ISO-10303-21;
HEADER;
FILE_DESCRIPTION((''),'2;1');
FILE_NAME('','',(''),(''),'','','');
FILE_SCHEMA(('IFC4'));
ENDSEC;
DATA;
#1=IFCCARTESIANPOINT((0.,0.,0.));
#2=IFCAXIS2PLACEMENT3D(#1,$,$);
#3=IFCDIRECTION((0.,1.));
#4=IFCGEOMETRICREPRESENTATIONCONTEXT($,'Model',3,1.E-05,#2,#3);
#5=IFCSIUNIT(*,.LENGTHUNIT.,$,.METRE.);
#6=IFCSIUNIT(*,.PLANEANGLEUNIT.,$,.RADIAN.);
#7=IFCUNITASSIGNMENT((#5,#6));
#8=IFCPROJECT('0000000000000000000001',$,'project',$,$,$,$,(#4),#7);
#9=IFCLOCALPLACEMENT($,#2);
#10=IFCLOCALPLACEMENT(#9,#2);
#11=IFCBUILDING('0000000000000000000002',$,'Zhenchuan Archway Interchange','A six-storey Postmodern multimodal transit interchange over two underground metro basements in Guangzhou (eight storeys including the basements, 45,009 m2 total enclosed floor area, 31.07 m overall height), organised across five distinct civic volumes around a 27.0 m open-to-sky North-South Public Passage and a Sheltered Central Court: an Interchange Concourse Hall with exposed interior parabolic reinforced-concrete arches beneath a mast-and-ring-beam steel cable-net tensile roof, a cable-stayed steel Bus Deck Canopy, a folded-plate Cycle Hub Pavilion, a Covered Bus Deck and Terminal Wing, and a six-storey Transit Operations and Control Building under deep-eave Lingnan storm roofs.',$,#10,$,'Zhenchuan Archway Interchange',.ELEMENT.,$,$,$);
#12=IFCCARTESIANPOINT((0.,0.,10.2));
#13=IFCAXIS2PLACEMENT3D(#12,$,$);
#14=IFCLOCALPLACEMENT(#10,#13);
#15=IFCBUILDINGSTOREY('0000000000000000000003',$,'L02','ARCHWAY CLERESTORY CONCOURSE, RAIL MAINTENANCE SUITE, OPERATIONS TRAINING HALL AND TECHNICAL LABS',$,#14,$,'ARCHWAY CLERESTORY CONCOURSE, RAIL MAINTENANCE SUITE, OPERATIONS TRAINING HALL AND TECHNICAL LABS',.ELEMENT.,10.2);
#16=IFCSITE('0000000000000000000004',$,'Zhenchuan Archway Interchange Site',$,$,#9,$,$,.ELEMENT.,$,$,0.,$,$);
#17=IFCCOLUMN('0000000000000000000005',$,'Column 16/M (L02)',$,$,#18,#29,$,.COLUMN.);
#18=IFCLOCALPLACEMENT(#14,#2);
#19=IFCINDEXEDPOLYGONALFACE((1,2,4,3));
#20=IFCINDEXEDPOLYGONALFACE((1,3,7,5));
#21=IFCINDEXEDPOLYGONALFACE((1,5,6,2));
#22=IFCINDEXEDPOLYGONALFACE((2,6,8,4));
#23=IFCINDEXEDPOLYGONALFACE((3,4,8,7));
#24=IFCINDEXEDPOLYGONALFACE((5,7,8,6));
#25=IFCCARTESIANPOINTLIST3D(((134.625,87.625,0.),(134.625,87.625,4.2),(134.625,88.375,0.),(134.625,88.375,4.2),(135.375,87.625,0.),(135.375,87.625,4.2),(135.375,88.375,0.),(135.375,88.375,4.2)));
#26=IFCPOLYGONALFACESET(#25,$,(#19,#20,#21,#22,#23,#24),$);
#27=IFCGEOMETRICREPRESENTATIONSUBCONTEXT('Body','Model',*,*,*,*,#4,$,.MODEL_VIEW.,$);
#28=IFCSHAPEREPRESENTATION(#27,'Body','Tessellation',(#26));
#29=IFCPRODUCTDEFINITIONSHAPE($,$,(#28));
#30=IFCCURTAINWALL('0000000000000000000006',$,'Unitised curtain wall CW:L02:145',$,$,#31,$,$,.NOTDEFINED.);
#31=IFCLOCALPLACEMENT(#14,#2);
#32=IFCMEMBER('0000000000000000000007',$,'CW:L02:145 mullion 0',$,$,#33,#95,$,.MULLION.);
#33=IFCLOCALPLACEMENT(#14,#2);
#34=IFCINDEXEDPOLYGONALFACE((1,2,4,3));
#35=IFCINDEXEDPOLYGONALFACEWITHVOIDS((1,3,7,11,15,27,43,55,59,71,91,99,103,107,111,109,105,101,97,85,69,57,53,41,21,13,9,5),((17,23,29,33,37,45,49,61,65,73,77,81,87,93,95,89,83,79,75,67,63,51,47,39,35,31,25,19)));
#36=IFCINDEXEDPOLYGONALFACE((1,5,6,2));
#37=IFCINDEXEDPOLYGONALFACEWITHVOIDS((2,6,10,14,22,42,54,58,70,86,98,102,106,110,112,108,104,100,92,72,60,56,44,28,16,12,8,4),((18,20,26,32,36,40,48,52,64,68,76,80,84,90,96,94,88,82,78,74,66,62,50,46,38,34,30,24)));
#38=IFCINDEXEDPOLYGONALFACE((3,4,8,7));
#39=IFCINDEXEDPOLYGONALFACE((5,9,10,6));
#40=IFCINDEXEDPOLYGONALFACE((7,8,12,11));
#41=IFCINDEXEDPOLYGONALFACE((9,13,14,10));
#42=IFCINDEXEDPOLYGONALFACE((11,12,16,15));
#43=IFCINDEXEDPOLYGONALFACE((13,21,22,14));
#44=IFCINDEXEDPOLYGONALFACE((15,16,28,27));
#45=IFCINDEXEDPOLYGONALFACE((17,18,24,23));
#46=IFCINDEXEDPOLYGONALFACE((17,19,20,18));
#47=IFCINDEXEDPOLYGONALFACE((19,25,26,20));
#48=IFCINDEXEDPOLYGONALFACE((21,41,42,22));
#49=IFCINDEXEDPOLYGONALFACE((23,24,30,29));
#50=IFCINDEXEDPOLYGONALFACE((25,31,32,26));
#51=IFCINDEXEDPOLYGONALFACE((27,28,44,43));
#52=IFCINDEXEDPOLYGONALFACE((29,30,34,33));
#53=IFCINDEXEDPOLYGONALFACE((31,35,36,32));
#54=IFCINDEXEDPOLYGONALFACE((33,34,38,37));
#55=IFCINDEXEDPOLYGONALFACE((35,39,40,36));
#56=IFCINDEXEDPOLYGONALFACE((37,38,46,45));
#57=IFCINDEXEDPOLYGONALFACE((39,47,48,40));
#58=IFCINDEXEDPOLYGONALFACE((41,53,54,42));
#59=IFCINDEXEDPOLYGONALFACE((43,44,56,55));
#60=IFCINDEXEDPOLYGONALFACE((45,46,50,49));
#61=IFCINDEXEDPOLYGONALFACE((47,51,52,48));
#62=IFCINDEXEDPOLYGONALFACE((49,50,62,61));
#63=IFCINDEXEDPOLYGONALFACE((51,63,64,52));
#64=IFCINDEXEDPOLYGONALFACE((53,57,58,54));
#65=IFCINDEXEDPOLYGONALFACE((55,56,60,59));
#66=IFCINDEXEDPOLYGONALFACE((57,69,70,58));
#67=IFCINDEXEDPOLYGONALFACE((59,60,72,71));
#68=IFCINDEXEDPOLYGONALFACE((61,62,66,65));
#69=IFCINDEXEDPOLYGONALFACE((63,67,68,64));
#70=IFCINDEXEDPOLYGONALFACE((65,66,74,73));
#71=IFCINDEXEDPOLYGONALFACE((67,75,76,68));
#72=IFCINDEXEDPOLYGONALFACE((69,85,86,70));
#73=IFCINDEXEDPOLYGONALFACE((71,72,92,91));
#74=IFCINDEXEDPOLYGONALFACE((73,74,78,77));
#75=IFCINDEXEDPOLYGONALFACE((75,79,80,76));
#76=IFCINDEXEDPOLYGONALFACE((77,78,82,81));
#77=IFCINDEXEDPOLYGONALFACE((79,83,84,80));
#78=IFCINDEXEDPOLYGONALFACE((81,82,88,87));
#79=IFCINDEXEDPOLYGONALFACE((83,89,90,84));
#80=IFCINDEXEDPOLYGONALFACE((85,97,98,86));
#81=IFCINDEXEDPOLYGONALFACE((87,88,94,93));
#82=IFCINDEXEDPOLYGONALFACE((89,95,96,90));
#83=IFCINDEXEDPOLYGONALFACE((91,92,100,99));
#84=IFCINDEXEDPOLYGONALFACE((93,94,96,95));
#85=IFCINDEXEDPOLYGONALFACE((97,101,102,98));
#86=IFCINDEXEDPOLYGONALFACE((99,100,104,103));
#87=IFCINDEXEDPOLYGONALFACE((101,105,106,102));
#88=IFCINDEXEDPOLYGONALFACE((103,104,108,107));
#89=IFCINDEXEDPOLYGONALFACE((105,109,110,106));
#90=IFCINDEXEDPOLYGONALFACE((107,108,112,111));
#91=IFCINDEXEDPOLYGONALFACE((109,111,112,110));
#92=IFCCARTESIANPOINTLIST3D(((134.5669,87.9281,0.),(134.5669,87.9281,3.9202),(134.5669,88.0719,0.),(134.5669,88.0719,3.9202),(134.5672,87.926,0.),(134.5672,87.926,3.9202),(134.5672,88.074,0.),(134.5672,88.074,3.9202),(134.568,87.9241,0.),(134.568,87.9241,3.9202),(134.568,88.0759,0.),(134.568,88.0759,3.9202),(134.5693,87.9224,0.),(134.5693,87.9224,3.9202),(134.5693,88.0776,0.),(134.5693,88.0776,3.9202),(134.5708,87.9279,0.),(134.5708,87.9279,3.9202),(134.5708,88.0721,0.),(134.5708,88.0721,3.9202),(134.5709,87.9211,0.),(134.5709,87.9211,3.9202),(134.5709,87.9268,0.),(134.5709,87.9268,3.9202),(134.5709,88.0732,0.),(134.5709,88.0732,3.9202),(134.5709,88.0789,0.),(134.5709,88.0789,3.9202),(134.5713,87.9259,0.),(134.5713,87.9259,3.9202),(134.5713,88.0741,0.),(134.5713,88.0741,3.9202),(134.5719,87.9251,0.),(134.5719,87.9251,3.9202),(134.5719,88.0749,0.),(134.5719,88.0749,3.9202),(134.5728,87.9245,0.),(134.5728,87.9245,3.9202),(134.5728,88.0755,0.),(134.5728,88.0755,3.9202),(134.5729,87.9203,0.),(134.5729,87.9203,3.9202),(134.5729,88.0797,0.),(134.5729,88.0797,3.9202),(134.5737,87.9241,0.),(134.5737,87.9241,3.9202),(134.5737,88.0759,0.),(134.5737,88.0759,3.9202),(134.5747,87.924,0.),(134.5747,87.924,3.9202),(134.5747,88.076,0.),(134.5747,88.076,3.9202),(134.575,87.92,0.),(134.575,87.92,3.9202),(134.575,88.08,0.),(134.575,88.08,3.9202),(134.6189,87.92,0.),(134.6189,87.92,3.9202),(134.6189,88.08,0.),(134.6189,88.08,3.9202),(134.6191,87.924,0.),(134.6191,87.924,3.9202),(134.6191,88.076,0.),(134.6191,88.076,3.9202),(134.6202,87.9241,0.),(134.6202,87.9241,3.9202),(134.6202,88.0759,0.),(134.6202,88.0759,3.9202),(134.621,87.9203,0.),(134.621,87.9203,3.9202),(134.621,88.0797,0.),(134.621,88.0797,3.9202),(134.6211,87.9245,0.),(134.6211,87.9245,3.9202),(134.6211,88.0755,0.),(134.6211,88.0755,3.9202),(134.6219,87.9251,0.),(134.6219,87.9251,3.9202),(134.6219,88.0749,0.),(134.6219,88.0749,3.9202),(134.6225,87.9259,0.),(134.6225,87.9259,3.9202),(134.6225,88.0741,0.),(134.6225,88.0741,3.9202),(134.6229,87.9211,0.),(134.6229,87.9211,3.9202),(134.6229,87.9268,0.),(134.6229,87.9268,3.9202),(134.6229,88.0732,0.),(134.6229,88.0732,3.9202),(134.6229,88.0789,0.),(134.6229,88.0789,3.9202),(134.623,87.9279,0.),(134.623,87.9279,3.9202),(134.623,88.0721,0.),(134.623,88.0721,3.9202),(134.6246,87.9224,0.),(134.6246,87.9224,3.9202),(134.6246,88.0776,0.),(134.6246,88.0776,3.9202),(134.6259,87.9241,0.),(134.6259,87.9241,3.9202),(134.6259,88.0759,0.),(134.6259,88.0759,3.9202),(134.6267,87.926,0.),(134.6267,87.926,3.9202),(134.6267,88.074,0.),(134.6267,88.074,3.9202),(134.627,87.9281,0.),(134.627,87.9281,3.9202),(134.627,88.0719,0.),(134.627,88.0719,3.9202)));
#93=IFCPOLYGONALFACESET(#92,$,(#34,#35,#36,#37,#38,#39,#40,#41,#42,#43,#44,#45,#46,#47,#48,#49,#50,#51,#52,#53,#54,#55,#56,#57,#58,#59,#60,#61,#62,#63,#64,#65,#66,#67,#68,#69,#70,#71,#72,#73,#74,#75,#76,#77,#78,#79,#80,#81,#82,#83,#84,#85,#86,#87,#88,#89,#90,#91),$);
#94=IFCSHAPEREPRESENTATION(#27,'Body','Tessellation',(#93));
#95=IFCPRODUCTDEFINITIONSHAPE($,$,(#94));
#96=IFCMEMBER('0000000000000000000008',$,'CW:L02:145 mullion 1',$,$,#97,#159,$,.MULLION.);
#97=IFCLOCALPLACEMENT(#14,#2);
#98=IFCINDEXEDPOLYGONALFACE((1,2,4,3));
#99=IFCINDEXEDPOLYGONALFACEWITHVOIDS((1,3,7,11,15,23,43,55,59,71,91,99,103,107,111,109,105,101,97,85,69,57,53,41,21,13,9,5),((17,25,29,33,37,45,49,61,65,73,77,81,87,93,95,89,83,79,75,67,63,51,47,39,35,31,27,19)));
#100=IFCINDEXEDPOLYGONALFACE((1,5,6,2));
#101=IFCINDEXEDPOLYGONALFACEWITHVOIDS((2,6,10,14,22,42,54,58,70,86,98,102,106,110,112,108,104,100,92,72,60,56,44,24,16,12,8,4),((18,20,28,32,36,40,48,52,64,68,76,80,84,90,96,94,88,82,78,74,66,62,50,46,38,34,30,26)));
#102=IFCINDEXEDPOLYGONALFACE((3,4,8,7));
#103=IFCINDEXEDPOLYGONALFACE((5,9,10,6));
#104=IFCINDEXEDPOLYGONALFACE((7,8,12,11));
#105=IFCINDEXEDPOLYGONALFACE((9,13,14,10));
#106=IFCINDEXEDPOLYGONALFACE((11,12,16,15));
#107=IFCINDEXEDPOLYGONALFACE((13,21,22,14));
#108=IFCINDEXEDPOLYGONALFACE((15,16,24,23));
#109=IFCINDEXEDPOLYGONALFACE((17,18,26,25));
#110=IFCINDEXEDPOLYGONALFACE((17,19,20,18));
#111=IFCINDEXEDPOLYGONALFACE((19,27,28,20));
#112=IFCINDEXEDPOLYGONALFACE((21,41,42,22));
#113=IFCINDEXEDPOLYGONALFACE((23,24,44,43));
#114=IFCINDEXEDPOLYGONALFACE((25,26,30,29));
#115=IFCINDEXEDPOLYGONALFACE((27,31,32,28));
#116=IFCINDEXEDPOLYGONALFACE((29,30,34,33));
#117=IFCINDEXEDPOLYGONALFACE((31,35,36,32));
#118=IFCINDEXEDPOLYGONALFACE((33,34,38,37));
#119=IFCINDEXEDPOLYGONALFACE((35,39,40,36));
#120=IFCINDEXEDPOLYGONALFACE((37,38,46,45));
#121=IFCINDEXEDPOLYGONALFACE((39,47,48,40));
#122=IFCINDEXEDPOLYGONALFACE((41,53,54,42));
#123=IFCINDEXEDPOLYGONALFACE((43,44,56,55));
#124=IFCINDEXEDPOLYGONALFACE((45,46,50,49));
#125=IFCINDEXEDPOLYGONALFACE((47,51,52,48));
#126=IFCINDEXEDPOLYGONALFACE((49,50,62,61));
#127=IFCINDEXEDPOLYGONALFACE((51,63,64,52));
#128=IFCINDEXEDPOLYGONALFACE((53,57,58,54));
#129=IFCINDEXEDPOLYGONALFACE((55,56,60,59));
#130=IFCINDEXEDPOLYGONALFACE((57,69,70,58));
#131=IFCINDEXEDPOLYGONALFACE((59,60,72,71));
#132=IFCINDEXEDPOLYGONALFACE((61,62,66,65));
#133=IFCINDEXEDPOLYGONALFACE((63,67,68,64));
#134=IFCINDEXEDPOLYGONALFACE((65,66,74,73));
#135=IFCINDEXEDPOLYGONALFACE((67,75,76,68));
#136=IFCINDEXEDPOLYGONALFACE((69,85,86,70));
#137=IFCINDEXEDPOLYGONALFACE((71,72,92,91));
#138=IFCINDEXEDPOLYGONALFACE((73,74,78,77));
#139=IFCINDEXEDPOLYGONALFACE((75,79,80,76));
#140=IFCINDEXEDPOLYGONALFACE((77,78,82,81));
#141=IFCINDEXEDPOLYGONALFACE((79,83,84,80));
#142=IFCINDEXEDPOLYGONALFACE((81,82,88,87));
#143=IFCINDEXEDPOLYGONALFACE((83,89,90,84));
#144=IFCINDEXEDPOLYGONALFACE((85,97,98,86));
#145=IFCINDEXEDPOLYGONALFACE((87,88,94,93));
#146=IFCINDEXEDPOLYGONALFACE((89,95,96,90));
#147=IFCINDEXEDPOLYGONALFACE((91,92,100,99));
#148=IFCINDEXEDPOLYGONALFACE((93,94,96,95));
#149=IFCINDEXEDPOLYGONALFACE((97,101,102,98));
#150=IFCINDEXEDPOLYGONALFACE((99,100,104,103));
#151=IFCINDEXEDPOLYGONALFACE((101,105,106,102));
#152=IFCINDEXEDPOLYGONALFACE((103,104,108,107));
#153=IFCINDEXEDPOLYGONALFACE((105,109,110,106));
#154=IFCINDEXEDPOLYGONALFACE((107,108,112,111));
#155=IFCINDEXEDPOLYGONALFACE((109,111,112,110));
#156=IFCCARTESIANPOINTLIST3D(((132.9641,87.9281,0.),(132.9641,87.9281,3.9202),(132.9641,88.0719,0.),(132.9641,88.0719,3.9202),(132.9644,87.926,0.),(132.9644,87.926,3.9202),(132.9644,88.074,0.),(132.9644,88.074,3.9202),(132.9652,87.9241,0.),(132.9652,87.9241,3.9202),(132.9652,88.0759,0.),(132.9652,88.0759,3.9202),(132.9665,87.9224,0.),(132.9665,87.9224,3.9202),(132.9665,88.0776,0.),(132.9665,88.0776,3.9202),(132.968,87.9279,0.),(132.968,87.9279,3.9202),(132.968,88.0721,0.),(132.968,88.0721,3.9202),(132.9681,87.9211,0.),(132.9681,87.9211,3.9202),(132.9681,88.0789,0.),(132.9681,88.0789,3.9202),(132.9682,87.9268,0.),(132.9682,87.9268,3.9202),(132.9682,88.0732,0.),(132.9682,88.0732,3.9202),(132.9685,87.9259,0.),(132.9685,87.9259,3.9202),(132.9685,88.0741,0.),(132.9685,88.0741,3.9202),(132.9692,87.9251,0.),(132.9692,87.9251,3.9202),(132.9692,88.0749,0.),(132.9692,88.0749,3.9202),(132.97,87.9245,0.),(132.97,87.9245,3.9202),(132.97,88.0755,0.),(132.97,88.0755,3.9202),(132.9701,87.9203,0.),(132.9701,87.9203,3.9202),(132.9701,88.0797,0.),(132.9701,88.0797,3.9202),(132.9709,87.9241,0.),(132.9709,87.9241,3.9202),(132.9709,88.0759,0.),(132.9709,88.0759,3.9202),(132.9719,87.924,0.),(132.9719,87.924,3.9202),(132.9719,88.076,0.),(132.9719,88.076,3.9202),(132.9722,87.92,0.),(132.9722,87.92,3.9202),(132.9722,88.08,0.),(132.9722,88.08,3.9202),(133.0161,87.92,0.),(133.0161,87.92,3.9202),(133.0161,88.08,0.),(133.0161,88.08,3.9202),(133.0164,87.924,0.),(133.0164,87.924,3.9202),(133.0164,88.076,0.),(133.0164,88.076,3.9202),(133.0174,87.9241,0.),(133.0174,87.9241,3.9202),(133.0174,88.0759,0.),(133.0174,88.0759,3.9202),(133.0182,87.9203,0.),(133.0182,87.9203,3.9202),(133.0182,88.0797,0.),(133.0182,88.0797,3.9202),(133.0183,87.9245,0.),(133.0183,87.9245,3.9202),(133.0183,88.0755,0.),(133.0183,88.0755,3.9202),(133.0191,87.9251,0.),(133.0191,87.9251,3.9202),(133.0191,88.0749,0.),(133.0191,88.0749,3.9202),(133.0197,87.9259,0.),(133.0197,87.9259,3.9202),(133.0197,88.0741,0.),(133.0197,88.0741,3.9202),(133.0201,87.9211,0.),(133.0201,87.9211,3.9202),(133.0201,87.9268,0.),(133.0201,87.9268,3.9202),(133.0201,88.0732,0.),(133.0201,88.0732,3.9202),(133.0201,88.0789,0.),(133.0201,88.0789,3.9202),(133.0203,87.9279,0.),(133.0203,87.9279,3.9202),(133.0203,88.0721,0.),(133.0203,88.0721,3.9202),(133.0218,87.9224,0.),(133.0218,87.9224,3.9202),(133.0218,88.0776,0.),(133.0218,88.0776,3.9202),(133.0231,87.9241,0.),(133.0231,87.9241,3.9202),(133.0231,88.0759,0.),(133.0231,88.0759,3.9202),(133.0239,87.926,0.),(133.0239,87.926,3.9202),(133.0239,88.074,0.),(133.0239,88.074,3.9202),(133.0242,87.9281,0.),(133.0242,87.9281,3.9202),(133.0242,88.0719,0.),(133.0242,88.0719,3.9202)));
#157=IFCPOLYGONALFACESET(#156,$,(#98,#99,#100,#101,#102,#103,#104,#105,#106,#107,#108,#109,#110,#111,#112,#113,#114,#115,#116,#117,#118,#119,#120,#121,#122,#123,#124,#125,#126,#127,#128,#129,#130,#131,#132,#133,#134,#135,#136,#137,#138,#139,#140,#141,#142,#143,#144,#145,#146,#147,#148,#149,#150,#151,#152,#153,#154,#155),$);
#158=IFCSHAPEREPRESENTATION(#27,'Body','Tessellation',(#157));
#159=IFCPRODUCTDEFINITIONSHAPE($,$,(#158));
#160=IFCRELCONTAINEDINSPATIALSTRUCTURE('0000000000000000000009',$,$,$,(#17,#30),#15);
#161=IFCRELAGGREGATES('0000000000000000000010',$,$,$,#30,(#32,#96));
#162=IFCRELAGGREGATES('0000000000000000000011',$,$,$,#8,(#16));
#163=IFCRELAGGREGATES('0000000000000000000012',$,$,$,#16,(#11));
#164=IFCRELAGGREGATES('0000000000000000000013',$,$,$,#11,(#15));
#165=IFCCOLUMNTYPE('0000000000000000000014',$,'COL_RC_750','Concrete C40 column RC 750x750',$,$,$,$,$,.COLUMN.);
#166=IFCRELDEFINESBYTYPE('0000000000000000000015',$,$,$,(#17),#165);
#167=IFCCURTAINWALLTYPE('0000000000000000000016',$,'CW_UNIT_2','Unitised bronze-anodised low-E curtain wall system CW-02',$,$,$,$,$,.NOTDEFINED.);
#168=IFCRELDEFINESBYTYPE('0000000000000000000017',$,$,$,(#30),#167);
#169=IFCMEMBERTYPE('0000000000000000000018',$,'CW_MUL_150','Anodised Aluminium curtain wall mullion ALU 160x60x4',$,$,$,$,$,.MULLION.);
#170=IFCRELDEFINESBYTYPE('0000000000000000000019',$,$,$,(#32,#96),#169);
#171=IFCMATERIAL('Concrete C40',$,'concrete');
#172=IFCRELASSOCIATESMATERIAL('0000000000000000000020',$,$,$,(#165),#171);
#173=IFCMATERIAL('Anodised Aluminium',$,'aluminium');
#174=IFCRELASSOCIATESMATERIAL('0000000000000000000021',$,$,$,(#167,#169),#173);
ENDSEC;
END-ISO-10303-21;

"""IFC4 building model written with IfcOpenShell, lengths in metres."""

from ifc_helpers import new_model, si_unit, direction, frame, origin, origin_2d, place, context, subcontext, project, spatial, rectangle, hollow_rectangle, extrude, material, material_profile, profile_set, type_object, element, aggregate, save


model = new_model("IFC4")

# Units and contexts
model_context = context("Model", 3, precision=1e-05, world=origin(), true_north=direction((0.0, 1.0)))
body_context = subcontext(model_context, "Body", "Model", "MODEL_VIEW")
ifc_project = project(units=[si_unit("LENGTHUNIT", "METRE"), si_unit("PLANEANGLEUNIT", "RADIAN")], contexts=[model_context])

# Site, building, storey
site_placement = place(None, origin())
site = spatial("IfcSite", under=ifc_project, at=site_placement, Name="Zhenchuan Archway Interchange Site", CompositionType="ELEMENT", RefElevation=0.0)
building_placement = place(site_placement, origin())
building = spatial("IfcBuilding", under=site, at=building_placement, Name="Zhenchuan Archway Interchange", Description="A six-storey Postmodern multimodal transit interchange over two underground metro basements in Guangzhou (eight storeys including the basements, 45,009 m2 total enclosed floor area, 31.07 m overall height), organised across five distinct civic volumes around a 27.0 m open-to-sky North-South Public Passage and a Sheltered Central Court: an Interchange Concourse Hall with exposed interior parabolic reinforced-concrete arches beneath a mast-and-ring-beam steel cable-net tensile roof, a cable-stayed steel Bus Deck Canopy, a folded-plate Cycle Hub Pavilion, a Covered Bus Deck and Terminal Wing, and a six-storey Transit Operations and Control Building under deep-eave Lingnan storm roofs.", LongName="Zhenchuan Archway Interchange", CompositionType="ELEMENT")
storey_placement = place(building_placement, frame((0.0, 0.0, 10.2)))
storey = spatial("IfcBuildingStorey", under=building, at=storey_placement, Name="L02", Description="ARCHWAY CLERESTORY CONCOURSE, RAIL MAINTENANCE SUITE, OPERATIONS TRAINING HALL AND TECHNICAL LABS", LongName="ARCHWAY CLERESTORY CONCOURSE, RAIL MAINTENANCE SUITE, OPERATIONS TRAINING HALL AND TECHNICAL LABS", CompositionType="ELEMENT", Elevation=10.2)

# Column
ifc_material_1 = material(Name="Concrete C40", Category="concrete")
ifc_material_profile_1 = material_profile(ifc_material_1, rectangle(XDim=0.75, YDim=0.75, at=origin_2d()), Name="RC 750x750")
ifc_profile_set_1 = profile_set([ifc_material_profile_1], Name="Concrete C40")
column_type = type_object("IfcColumnType", Name="COL_RC_750", Description="Concrete C40 column RC 750x750", PredefinedType="COLUMN", material=ifc_profile_set_1)
column_placement = place(storey_placement, frame((135.0, 88.0, 0.0), z_axis=(0.0, 0.0, 1.0), x_axis=(1.0, 0.0, 0.0)))
element("IfcColumn", 1, at=column_placement, inside=storey, type_object=column_type, Name="Column 16/M (L02)", PredefinedType="COLUMN", context=body_context, shape_type="SweptSolid", body=[
    extrude(rectangle(XDim=0.75, YDim=0.75, at=origin_2d()), origin(), (0.0, 0.0, 1.0), 4.2),
])

# Curtain wall, members
ifc_material_2 = material(Name="Anodised Aluminium", Category="aluminium")
curtain_wall_type = type_object("IfcCurtainWallType", Name="CW_UNIT_2", Description="Unitised bronze-anodised low-E curtain wall system CW-02", PredefinedType="NOTDEFINED", material=ifc_material_2)
curtain_wall_placement = place(storey_placement, origin())
curtain_wall = element("IfcCurtainWall", 2, at=curtain_wall_placement, inside=storey, type_object=curtain_wall_type, Name="Unitised curtain wall CW:L02:145", PredefinedType="NOTDEFINED")
ifc_material_profile_2 = material_profile(ifc_material_2, hollow_rectangle(XDim=0.0601, YDim=0.1599, WallThickness=0.0039, InnerFilletRadius=0.0039, OuterFilletRadius=0.0081, at=origin_2d()), Name="ALU 160x60x4")
ifc_profile_set_2 = profile_set([ifc_material_profile_2], Name="Anodised Aluminium")
member_type_1 = type_object("IfcMemberType", Name="CW_MUL_150", Description="Anodised Aluminium curtain wall mullion ALU 160x60x4", PredefinedType="MULLION", material=ifc_profile_set_2)
member_1_placement = place(storey_placement, frame((134.5969, 88.0, 0.0), z_axis=(0.0, 0.0, 1.0), x_axis=(1.0, 0.0, 0.0)))
member_1 = element("IfcMember", 3, at=member_1_placement, type_object=member_type_1, Name="CW:L02:145 mullion 0", PredefinedType="MULLION", context=body_context, shape_type="SweptSolid", body=[
    extrude(hollow_rectangle(XDim=0.0601, YDim=0.1599, WallThickness=0.0039, InnerFilletRadius=0.0039, OuterFilletRadius=0.0081, at=origin_2d()), origin(), (0.0, 0.0, 1.0), 3.9202),
])
member_2_placement = place(storey_placement, frame((132.9941, 88.0, 0.0), z_axis=(0.0, 0.0, 1.0), x_axis=(1.0, 0.0, 0.0)))
member_2 = element("IfcMember", 4, at=member_2_placement, type_object=member_type_1, Name="CW:L02:145 mullion 1", PredefinedType="MULLION", context=body_context, shape_type="SweptSolid", body=[
    extrude(hollow_rectangle(XDim=0.0601, YDim=0.1599, WallThickness=0.0039, InnerFilletRadius=0.0039, OuterFilletRadius=0.0081, at=origin_2d()), origin(), (0.0, 0.0, 1.0), 3.9202),
])

aggregate(curtain_wall, [member_1, member_2])

save(model, "model.ifc")
